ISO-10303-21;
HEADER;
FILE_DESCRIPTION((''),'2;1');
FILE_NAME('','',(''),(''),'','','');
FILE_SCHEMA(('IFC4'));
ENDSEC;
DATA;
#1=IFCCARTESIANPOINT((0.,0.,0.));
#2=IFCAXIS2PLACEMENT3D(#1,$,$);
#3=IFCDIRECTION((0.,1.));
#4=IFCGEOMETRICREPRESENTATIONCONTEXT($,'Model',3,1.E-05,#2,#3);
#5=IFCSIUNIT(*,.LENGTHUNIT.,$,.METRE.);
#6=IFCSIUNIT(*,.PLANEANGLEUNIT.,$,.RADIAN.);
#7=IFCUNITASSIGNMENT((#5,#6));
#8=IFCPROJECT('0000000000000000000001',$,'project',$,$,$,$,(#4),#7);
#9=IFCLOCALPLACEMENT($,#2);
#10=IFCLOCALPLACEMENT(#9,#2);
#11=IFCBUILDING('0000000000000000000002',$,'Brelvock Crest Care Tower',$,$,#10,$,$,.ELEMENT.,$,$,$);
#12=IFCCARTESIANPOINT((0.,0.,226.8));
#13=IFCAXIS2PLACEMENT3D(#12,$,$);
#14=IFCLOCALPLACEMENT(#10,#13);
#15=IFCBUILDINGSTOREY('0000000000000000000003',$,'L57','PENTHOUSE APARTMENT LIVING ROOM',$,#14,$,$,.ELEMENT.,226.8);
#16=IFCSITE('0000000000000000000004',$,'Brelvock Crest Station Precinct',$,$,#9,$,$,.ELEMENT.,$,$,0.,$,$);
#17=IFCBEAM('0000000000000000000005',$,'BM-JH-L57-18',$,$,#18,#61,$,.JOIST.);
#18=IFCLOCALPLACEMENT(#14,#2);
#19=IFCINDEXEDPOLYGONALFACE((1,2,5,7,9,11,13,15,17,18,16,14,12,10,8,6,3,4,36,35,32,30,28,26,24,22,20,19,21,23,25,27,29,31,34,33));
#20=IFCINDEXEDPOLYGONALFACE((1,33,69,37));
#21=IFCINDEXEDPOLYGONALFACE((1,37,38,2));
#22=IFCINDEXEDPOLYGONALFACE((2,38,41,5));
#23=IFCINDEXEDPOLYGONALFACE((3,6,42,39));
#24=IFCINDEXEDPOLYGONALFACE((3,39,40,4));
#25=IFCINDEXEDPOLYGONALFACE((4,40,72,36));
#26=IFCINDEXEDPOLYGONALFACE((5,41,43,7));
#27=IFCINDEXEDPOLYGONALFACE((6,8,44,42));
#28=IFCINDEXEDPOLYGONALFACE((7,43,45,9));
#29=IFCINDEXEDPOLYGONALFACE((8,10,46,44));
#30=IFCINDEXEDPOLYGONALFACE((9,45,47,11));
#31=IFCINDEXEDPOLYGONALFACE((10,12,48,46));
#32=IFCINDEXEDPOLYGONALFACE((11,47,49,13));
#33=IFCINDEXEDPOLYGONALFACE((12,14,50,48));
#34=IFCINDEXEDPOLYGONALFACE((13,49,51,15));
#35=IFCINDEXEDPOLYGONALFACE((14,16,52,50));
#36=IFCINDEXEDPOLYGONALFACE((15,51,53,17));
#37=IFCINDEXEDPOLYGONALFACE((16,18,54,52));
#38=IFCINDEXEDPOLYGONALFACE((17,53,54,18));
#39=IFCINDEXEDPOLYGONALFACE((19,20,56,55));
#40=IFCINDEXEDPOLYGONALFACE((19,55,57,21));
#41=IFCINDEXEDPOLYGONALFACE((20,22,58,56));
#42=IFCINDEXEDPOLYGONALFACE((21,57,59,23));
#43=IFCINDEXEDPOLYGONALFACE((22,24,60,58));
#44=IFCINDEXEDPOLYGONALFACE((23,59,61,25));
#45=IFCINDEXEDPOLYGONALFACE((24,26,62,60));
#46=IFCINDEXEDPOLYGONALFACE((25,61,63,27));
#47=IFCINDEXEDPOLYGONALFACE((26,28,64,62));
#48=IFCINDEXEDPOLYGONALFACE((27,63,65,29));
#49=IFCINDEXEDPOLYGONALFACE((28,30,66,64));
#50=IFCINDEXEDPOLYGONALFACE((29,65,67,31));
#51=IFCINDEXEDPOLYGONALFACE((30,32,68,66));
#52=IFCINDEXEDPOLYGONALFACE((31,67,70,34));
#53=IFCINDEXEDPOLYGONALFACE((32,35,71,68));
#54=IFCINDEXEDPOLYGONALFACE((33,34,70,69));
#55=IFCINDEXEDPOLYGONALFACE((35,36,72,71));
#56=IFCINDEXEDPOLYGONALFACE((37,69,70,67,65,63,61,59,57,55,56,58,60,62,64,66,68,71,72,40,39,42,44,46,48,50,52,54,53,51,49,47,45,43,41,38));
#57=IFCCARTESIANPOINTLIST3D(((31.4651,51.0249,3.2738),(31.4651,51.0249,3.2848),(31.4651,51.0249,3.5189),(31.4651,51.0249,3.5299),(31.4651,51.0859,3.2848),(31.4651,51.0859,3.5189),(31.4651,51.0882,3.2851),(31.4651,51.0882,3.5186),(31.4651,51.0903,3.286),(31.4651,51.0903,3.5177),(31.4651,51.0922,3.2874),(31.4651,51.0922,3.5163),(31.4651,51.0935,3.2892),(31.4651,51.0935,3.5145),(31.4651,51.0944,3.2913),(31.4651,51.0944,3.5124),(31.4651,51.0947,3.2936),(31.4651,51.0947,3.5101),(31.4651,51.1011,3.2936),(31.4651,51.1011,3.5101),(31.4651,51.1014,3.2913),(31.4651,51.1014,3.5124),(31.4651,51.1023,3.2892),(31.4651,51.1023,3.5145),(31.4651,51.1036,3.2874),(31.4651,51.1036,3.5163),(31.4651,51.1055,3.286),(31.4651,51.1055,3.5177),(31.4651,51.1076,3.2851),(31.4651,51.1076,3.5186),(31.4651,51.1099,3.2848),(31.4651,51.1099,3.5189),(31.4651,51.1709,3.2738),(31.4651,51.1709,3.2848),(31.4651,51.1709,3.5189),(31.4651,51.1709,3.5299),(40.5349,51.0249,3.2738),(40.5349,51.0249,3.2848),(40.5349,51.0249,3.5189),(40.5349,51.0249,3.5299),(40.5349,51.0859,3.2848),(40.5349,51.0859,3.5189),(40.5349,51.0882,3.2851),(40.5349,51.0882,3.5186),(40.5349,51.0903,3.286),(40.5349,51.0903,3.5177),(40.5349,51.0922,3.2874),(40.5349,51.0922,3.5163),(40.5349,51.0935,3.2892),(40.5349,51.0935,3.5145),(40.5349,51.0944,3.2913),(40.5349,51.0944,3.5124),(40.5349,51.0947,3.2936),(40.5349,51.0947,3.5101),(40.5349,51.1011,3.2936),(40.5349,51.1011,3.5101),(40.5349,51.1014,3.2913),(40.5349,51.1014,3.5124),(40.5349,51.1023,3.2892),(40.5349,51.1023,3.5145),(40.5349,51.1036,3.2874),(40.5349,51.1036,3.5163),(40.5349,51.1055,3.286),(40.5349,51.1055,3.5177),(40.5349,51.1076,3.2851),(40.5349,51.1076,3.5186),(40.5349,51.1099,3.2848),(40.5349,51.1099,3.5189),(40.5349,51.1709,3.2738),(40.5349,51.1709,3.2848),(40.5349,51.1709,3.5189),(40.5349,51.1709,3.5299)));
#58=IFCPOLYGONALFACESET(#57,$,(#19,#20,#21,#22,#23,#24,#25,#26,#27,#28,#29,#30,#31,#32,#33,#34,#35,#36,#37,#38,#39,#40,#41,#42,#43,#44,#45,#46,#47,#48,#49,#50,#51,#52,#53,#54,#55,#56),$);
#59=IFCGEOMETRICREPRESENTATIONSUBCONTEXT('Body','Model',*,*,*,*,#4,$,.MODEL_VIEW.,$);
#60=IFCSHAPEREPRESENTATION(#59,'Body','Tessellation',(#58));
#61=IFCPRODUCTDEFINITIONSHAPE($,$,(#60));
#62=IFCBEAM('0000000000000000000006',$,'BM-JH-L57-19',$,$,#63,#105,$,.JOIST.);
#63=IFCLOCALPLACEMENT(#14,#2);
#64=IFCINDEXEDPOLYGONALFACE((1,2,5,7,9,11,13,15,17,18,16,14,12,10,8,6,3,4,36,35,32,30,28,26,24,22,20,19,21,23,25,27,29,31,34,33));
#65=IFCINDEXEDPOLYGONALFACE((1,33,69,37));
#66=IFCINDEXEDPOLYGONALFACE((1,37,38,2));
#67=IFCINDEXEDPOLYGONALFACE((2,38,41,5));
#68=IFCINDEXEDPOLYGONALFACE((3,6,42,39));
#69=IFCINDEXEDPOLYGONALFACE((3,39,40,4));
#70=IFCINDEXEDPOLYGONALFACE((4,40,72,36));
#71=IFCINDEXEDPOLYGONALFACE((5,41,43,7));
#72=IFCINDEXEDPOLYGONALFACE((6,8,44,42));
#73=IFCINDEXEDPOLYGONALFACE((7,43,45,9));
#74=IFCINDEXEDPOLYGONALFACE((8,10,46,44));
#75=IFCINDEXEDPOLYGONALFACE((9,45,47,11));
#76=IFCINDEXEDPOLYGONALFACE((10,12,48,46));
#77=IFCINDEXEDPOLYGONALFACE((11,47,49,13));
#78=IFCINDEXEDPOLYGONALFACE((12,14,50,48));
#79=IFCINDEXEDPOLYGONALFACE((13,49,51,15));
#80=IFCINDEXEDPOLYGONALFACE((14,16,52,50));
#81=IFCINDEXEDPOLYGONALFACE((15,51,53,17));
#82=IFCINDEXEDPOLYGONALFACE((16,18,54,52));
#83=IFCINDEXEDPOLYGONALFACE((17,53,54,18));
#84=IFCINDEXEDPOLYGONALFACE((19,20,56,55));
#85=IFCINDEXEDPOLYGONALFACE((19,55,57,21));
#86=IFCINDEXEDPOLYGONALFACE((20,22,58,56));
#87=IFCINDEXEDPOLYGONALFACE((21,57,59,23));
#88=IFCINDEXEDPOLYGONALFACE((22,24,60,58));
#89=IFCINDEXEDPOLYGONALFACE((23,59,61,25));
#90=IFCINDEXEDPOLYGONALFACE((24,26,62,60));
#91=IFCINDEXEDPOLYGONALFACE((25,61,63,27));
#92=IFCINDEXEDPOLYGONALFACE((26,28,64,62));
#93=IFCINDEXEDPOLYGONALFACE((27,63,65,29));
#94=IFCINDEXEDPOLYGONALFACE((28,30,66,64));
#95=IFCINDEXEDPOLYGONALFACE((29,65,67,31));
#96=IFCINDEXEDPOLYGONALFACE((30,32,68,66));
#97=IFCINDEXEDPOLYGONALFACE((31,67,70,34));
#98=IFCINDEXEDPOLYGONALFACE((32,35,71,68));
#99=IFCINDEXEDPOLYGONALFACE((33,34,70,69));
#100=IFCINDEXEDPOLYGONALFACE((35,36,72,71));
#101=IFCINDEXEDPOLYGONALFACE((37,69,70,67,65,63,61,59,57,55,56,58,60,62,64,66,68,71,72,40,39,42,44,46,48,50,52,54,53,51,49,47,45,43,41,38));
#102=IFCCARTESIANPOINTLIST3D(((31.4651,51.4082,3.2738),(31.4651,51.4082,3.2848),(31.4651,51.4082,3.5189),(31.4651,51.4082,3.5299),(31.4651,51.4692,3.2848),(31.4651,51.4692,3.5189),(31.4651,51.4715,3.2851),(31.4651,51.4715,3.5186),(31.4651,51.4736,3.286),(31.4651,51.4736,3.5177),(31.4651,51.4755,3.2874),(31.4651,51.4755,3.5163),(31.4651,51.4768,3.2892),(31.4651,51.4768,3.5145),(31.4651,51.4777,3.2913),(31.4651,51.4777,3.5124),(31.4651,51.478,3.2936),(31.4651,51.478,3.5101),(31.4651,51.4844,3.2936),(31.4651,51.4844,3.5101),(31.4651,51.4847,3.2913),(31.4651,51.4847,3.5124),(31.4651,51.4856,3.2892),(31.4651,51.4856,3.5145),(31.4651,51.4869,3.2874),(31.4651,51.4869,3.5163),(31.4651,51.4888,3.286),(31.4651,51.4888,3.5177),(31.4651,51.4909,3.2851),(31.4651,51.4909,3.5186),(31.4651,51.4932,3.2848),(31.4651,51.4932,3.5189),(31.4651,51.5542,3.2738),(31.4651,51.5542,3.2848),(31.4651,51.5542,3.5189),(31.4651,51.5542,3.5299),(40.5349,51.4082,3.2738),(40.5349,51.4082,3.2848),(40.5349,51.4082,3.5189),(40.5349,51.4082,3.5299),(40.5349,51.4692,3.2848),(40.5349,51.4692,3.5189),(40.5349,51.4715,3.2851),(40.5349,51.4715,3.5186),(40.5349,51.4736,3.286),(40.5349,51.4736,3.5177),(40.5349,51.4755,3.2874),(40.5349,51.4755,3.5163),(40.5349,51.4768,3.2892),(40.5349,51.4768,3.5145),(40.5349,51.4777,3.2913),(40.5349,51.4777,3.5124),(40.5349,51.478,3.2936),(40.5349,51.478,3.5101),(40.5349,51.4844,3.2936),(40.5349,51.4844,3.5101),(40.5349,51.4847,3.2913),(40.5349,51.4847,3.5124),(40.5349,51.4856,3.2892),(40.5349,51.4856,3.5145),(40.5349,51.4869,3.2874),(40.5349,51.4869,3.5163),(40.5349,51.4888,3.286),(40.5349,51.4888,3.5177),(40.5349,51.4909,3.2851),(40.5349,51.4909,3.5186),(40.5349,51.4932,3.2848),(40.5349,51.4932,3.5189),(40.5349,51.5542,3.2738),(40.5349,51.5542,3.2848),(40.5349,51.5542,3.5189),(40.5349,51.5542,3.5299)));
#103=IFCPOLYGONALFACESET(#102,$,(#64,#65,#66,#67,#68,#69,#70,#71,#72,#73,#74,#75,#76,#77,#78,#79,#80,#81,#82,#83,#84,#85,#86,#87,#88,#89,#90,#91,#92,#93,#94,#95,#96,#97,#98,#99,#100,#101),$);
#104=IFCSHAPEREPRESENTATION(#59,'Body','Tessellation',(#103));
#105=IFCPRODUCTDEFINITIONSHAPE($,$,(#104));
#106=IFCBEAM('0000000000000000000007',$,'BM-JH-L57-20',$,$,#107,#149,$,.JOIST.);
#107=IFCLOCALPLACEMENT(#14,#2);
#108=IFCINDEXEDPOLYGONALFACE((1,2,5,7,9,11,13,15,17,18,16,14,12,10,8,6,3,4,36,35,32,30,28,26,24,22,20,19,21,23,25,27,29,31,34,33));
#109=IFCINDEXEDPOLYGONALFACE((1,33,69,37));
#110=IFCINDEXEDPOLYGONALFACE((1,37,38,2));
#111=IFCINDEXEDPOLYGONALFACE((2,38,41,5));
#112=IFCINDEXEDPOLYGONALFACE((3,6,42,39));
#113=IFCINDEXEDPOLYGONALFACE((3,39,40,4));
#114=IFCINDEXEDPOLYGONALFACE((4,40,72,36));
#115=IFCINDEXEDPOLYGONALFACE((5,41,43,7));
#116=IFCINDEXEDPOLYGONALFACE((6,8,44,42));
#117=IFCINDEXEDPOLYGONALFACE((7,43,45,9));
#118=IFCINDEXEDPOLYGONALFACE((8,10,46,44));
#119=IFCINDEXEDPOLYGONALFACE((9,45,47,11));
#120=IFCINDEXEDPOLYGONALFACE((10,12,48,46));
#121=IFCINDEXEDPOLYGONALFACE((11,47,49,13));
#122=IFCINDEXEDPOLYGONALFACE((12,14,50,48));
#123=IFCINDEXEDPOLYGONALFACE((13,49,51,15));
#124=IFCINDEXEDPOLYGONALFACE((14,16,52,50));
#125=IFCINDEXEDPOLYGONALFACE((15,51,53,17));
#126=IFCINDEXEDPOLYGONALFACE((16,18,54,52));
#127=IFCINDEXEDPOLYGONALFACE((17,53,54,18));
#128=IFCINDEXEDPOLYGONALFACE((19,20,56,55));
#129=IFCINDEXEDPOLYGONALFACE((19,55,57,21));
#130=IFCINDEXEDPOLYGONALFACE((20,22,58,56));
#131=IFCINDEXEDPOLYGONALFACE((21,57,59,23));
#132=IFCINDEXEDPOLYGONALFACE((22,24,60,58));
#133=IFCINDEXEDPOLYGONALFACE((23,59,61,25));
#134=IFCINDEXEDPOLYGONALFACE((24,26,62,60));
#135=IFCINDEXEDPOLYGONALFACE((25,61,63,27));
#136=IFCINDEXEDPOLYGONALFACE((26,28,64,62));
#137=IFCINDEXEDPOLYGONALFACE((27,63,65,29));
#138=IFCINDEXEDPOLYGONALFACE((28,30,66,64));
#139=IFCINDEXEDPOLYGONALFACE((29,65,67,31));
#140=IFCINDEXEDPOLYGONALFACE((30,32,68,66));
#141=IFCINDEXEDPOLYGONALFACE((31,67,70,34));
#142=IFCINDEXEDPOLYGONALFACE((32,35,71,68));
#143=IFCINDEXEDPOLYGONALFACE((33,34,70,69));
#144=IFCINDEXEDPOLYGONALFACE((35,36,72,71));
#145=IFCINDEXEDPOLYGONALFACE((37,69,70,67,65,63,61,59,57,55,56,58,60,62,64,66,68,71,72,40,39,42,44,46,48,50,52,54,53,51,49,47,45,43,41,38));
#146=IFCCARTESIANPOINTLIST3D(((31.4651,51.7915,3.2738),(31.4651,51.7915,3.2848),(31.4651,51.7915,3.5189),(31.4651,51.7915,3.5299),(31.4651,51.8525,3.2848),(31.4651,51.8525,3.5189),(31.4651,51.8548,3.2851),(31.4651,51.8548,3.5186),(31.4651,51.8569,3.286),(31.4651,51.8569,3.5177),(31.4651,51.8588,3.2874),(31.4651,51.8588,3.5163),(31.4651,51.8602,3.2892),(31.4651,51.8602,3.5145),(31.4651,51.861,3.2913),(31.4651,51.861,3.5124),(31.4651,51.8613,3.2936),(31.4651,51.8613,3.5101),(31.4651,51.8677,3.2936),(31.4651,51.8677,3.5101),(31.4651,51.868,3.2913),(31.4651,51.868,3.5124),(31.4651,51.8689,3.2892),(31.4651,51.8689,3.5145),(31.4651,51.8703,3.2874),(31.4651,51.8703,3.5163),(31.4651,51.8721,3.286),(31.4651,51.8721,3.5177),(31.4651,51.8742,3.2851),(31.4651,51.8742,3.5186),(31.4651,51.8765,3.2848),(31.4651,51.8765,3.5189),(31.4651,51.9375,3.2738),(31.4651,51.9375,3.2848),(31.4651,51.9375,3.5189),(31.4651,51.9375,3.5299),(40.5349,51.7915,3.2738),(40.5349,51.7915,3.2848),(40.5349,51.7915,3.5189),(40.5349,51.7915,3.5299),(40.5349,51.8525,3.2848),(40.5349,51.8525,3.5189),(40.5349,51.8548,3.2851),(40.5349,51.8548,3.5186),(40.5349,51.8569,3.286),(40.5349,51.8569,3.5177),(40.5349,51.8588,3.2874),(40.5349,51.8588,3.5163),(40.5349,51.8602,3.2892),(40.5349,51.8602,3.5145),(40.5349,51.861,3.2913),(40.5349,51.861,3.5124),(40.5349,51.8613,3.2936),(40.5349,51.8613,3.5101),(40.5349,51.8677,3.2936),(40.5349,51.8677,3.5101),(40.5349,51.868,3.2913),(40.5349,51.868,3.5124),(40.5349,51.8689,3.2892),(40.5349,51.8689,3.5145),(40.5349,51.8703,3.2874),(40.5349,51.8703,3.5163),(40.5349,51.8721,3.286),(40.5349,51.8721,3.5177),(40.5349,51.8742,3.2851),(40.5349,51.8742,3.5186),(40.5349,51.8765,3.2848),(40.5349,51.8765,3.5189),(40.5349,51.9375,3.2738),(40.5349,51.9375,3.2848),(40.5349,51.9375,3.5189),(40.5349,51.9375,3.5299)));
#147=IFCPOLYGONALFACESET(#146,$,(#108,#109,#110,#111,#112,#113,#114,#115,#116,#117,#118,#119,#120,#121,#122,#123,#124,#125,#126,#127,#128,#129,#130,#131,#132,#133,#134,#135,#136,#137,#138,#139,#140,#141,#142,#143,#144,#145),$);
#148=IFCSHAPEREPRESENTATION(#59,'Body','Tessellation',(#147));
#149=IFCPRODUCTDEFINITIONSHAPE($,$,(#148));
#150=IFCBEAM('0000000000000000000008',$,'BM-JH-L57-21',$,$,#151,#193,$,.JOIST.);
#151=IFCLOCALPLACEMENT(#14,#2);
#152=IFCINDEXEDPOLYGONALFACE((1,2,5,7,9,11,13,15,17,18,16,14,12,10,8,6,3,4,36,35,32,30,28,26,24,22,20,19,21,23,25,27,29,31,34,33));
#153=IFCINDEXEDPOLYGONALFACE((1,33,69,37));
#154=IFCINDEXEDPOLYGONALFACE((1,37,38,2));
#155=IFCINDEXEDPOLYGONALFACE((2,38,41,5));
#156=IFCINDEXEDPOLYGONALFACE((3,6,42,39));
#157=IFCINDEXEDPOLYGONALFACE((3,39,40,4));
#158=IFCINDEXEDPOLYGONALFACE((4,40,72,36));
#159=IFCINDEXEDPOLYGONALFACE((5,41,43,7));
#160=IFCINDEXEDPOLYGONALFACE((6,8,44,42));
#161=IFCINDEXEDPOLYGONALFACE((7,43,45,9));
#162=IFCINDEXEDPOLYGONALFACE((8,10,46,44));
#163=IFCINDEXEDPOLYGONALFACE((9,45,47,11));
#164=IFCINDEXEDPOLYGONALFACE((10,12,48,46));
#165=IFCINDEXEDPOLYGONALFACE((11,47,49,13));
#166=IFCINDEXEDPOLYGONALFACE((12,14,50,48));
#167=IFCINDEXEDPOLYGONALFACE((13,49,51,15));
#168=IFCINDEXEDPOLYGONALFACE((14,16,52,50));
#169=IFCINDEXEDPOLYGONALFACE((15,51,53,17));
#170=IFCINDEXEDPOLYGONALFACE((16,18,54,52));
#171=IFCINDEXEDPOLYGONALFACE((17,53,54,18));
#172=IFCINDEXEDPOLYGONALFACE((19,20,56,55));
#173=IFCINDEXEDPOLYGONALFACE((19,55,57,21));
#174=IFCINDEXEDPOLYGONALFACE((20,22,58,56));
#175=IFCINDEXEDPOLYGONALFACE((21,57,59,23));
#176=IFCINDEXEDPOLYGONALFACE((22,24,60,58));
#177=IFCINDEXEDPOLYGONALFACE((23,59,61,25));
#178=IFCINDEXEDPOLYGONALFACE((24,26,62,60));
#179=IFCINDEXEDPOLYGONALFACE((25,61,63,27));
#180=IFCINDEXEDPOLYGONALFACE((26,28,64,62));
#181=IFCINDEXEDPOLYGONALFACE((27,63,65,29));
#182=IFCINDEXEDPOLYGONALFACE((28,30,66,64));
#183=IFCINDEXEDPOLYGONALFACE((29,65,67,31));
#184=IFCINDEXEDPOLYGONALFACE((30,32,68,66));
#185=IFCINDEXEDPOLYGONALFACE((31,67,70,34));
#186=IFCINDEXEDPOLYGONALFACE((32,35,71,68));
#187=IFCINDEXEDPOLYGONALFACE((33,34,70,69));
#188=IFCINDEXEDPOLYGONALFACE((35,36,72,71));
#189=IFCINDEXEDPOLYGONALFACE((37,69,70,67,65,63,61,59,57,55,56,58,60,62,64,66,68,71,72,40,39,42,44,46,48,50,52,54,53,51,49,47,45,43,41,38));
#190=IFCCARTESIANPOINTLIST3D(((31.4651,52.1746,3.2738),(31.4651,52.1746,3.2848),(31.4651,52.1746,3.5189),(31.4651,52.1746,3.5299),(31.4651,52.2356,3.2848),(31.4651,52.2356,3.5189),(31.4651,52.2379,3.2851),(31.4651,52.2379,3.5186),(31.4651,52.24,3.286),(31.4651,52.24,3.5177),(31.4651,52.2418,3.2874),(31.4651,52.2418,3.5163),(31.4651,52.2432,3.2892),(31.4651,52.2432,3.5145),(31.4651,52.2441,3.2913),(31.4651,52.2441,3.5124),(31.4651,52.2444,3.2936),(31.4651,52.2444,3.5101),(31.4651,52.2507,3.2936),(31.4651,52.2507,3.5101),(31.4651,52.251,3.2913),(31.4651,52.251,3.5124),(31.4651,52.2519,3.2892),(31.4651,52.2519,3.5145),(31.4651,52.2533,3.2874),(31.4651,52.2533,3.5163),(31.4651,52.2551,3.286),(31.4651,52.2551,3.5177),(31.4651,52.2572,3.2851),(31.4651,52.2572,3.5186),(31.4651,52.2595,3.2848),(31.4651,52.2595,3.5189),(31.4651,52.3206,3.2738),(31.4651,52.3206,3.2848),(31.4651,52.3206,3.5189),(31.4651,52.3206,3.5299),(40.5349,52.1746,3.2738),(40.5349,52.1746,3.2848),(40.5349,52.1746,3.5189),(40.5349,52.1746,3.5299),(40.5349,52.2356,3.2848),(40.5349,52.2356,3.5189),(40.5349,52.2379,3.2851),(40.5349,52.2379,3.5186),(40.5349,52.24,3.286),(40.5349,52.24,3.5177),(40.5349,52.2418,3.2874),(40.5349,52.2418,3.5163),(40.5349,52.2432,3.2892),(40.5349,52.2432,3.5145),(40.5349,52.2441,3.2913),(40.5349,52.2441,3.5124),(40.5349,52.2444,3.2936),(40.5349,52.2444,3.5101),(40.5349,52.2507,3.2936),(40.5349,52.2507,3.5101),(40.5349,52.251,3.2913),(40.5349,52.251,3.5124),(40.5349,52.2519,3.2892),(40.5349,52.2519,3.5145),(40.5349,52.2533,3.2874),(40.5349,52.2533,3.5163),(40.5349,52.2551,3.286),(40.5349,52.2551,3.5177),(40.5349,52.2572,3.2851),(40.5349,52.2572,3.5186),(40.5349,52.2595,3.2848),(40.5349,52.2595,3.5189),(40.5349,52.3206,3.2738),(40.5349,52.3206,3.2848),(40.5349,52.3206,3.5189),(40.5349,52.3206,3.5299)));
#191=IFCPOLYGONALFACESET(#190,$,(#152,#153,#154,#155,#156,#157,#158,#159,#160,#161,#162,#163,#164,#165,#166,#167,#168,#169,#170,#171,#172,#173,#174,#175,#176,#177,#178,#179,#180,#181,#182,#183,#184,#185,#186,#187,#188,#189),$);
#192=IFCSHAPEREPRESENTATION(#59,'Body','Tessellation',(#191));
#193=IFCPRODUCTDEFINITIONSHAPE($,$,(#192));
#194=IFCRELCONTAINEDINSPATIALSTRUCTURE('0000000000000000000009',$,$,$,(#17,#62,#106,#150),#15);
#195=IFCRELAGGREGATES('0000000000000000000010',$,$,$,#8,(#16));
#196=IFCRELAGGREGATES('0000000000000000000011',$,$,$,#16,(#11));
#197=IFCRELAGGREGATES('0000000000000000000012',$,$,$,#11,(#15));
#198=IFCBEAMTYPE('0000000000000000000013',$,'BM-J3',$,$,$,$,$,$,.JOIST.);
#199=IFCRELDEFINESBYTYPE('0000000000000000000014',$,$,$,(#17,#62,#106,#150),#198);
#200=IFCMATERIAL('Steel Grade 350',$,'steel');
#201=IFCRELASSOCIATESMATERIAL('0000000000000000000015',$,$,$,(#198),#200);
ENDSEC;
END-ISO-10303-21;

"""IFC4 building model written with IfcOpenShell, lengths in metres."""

from ifc_helpers import new_model, si_unit, direction, frame, origin, origin_2d, place, context, subcontext, project, spatial, i_section, extrude, source, transform, mapped, material, material_profile, profile_set, type_object, element, save


model = new_model("IFC4")

# Units and contexts
model_context = context("Model", 3, precision=1e-05, world=origin(), true_north=direction((0.0, 1.0)))
body_context = subcontext(model_context, "Body", "Model", "MODEL_VIEW")
ifc_project = project(units=[si_unit("LENGTHUNIT", "METRE"), si_unit("PLANEANGLEUNIT", "RADIAN")], contexts=[model_context])

# Site, building, storey
site_placement = place(None, origin())
site = spatial("IfcSite", under=ifc_project, at=site_placement, Name="Brelvock Crest Station Precinct", CompositionType="ELEMENT", RefElevation=0.0)
building_placement = place(site_placement, origin())
building = spatial("IfcBuilding", under=site, at=building_placement, Name="Brelvock Crest Care Tower", CompositionType="ELEMENT")
storey_placement = place(building_placement, frame((0.0, 0.0, 226.8)))
storey = spatial("IfcBuildingStorey", under=building, at=storey_placement, Name="L57", Description="PENTHOUSE APARTMENT LIVING ROOM", CompositionType="ELEMENT", Elevation=226.8)

# Beams
ifc_material_1 = material(Name="Steel Grade 350", Category="steel")
ifc_material_profile_1 = material_profile(ifc_material_1, i_section(OverallWidth=0.146, OverallDepth=0.2561, WebThickness=0.0063, FlangeThickness=0.011, FilletRadius=0.0088, at=origin_2d()), Name="250UB37.3")
ifc_profile_set_1 = profile_set([ifc_material_profile_1], Name="Steel Grade 350")
beam_type_1 = type_object("IfcBeamType", Name="BM-J3", PredefinedType="JOIST", material=ifc_profile_set_1)
shared_shape_1 = source(origin(), body_context, "Body", "SweptSolid", [
    extrude(i_section(OverallWidth=0.146, OverallDepth=0.2561, WebThickness=0.0063, FlangeThickness=0.011, FilletRadius=0.0088, at=origin_2d()), origin(), (0.0, 0.0, 1.0), 9.0698),
])
for number, where, z_axis, x_axis, name in (
    (1, (31.4651, 51.0979, 3.4019), (1.0, 0.0, 0.0), (0.0, 1.0, 0.0), "BM-JH-L57-18"),
    (2, (31.4651, 51.4812, 3.4019), (1.0, 0.0, 0.0), (0.0, 1.0, 0.0), "BM-JH-L57-19"),
    (3, (31.4651, 51.8645, 3.4019), (1.0, 0.0, 0.0), (0.0, 1.0, 0.0), "BM-JH-L57-20"),
    (4, (31.4651, 52.2476, 3.4019), (1.0, 0.0, 0.0), (0.0, 1.0, 0.0), "BM-JH-L57-21"),
):
    element("IfcBeam", number, at=place(storey_placement, frame(where, z_axis=z_axis, x_axis=x_axis)), inside=storey, type_object=beam_type_1, Name=name, PredefinedType="JOIST", context=body_context, shape_type="MappedRepresentation", body=[
        mapped(shared_shape_1, transform((0.0, 0.0, 0.0), x_axis=(1.0, 0.0, 0.0), y_axis=(0.0, 1.0, 0.0), z_axis=(0.0, 0.0, 1.0), scale=1.0)),
    ])

save(model, "model.ifc")
